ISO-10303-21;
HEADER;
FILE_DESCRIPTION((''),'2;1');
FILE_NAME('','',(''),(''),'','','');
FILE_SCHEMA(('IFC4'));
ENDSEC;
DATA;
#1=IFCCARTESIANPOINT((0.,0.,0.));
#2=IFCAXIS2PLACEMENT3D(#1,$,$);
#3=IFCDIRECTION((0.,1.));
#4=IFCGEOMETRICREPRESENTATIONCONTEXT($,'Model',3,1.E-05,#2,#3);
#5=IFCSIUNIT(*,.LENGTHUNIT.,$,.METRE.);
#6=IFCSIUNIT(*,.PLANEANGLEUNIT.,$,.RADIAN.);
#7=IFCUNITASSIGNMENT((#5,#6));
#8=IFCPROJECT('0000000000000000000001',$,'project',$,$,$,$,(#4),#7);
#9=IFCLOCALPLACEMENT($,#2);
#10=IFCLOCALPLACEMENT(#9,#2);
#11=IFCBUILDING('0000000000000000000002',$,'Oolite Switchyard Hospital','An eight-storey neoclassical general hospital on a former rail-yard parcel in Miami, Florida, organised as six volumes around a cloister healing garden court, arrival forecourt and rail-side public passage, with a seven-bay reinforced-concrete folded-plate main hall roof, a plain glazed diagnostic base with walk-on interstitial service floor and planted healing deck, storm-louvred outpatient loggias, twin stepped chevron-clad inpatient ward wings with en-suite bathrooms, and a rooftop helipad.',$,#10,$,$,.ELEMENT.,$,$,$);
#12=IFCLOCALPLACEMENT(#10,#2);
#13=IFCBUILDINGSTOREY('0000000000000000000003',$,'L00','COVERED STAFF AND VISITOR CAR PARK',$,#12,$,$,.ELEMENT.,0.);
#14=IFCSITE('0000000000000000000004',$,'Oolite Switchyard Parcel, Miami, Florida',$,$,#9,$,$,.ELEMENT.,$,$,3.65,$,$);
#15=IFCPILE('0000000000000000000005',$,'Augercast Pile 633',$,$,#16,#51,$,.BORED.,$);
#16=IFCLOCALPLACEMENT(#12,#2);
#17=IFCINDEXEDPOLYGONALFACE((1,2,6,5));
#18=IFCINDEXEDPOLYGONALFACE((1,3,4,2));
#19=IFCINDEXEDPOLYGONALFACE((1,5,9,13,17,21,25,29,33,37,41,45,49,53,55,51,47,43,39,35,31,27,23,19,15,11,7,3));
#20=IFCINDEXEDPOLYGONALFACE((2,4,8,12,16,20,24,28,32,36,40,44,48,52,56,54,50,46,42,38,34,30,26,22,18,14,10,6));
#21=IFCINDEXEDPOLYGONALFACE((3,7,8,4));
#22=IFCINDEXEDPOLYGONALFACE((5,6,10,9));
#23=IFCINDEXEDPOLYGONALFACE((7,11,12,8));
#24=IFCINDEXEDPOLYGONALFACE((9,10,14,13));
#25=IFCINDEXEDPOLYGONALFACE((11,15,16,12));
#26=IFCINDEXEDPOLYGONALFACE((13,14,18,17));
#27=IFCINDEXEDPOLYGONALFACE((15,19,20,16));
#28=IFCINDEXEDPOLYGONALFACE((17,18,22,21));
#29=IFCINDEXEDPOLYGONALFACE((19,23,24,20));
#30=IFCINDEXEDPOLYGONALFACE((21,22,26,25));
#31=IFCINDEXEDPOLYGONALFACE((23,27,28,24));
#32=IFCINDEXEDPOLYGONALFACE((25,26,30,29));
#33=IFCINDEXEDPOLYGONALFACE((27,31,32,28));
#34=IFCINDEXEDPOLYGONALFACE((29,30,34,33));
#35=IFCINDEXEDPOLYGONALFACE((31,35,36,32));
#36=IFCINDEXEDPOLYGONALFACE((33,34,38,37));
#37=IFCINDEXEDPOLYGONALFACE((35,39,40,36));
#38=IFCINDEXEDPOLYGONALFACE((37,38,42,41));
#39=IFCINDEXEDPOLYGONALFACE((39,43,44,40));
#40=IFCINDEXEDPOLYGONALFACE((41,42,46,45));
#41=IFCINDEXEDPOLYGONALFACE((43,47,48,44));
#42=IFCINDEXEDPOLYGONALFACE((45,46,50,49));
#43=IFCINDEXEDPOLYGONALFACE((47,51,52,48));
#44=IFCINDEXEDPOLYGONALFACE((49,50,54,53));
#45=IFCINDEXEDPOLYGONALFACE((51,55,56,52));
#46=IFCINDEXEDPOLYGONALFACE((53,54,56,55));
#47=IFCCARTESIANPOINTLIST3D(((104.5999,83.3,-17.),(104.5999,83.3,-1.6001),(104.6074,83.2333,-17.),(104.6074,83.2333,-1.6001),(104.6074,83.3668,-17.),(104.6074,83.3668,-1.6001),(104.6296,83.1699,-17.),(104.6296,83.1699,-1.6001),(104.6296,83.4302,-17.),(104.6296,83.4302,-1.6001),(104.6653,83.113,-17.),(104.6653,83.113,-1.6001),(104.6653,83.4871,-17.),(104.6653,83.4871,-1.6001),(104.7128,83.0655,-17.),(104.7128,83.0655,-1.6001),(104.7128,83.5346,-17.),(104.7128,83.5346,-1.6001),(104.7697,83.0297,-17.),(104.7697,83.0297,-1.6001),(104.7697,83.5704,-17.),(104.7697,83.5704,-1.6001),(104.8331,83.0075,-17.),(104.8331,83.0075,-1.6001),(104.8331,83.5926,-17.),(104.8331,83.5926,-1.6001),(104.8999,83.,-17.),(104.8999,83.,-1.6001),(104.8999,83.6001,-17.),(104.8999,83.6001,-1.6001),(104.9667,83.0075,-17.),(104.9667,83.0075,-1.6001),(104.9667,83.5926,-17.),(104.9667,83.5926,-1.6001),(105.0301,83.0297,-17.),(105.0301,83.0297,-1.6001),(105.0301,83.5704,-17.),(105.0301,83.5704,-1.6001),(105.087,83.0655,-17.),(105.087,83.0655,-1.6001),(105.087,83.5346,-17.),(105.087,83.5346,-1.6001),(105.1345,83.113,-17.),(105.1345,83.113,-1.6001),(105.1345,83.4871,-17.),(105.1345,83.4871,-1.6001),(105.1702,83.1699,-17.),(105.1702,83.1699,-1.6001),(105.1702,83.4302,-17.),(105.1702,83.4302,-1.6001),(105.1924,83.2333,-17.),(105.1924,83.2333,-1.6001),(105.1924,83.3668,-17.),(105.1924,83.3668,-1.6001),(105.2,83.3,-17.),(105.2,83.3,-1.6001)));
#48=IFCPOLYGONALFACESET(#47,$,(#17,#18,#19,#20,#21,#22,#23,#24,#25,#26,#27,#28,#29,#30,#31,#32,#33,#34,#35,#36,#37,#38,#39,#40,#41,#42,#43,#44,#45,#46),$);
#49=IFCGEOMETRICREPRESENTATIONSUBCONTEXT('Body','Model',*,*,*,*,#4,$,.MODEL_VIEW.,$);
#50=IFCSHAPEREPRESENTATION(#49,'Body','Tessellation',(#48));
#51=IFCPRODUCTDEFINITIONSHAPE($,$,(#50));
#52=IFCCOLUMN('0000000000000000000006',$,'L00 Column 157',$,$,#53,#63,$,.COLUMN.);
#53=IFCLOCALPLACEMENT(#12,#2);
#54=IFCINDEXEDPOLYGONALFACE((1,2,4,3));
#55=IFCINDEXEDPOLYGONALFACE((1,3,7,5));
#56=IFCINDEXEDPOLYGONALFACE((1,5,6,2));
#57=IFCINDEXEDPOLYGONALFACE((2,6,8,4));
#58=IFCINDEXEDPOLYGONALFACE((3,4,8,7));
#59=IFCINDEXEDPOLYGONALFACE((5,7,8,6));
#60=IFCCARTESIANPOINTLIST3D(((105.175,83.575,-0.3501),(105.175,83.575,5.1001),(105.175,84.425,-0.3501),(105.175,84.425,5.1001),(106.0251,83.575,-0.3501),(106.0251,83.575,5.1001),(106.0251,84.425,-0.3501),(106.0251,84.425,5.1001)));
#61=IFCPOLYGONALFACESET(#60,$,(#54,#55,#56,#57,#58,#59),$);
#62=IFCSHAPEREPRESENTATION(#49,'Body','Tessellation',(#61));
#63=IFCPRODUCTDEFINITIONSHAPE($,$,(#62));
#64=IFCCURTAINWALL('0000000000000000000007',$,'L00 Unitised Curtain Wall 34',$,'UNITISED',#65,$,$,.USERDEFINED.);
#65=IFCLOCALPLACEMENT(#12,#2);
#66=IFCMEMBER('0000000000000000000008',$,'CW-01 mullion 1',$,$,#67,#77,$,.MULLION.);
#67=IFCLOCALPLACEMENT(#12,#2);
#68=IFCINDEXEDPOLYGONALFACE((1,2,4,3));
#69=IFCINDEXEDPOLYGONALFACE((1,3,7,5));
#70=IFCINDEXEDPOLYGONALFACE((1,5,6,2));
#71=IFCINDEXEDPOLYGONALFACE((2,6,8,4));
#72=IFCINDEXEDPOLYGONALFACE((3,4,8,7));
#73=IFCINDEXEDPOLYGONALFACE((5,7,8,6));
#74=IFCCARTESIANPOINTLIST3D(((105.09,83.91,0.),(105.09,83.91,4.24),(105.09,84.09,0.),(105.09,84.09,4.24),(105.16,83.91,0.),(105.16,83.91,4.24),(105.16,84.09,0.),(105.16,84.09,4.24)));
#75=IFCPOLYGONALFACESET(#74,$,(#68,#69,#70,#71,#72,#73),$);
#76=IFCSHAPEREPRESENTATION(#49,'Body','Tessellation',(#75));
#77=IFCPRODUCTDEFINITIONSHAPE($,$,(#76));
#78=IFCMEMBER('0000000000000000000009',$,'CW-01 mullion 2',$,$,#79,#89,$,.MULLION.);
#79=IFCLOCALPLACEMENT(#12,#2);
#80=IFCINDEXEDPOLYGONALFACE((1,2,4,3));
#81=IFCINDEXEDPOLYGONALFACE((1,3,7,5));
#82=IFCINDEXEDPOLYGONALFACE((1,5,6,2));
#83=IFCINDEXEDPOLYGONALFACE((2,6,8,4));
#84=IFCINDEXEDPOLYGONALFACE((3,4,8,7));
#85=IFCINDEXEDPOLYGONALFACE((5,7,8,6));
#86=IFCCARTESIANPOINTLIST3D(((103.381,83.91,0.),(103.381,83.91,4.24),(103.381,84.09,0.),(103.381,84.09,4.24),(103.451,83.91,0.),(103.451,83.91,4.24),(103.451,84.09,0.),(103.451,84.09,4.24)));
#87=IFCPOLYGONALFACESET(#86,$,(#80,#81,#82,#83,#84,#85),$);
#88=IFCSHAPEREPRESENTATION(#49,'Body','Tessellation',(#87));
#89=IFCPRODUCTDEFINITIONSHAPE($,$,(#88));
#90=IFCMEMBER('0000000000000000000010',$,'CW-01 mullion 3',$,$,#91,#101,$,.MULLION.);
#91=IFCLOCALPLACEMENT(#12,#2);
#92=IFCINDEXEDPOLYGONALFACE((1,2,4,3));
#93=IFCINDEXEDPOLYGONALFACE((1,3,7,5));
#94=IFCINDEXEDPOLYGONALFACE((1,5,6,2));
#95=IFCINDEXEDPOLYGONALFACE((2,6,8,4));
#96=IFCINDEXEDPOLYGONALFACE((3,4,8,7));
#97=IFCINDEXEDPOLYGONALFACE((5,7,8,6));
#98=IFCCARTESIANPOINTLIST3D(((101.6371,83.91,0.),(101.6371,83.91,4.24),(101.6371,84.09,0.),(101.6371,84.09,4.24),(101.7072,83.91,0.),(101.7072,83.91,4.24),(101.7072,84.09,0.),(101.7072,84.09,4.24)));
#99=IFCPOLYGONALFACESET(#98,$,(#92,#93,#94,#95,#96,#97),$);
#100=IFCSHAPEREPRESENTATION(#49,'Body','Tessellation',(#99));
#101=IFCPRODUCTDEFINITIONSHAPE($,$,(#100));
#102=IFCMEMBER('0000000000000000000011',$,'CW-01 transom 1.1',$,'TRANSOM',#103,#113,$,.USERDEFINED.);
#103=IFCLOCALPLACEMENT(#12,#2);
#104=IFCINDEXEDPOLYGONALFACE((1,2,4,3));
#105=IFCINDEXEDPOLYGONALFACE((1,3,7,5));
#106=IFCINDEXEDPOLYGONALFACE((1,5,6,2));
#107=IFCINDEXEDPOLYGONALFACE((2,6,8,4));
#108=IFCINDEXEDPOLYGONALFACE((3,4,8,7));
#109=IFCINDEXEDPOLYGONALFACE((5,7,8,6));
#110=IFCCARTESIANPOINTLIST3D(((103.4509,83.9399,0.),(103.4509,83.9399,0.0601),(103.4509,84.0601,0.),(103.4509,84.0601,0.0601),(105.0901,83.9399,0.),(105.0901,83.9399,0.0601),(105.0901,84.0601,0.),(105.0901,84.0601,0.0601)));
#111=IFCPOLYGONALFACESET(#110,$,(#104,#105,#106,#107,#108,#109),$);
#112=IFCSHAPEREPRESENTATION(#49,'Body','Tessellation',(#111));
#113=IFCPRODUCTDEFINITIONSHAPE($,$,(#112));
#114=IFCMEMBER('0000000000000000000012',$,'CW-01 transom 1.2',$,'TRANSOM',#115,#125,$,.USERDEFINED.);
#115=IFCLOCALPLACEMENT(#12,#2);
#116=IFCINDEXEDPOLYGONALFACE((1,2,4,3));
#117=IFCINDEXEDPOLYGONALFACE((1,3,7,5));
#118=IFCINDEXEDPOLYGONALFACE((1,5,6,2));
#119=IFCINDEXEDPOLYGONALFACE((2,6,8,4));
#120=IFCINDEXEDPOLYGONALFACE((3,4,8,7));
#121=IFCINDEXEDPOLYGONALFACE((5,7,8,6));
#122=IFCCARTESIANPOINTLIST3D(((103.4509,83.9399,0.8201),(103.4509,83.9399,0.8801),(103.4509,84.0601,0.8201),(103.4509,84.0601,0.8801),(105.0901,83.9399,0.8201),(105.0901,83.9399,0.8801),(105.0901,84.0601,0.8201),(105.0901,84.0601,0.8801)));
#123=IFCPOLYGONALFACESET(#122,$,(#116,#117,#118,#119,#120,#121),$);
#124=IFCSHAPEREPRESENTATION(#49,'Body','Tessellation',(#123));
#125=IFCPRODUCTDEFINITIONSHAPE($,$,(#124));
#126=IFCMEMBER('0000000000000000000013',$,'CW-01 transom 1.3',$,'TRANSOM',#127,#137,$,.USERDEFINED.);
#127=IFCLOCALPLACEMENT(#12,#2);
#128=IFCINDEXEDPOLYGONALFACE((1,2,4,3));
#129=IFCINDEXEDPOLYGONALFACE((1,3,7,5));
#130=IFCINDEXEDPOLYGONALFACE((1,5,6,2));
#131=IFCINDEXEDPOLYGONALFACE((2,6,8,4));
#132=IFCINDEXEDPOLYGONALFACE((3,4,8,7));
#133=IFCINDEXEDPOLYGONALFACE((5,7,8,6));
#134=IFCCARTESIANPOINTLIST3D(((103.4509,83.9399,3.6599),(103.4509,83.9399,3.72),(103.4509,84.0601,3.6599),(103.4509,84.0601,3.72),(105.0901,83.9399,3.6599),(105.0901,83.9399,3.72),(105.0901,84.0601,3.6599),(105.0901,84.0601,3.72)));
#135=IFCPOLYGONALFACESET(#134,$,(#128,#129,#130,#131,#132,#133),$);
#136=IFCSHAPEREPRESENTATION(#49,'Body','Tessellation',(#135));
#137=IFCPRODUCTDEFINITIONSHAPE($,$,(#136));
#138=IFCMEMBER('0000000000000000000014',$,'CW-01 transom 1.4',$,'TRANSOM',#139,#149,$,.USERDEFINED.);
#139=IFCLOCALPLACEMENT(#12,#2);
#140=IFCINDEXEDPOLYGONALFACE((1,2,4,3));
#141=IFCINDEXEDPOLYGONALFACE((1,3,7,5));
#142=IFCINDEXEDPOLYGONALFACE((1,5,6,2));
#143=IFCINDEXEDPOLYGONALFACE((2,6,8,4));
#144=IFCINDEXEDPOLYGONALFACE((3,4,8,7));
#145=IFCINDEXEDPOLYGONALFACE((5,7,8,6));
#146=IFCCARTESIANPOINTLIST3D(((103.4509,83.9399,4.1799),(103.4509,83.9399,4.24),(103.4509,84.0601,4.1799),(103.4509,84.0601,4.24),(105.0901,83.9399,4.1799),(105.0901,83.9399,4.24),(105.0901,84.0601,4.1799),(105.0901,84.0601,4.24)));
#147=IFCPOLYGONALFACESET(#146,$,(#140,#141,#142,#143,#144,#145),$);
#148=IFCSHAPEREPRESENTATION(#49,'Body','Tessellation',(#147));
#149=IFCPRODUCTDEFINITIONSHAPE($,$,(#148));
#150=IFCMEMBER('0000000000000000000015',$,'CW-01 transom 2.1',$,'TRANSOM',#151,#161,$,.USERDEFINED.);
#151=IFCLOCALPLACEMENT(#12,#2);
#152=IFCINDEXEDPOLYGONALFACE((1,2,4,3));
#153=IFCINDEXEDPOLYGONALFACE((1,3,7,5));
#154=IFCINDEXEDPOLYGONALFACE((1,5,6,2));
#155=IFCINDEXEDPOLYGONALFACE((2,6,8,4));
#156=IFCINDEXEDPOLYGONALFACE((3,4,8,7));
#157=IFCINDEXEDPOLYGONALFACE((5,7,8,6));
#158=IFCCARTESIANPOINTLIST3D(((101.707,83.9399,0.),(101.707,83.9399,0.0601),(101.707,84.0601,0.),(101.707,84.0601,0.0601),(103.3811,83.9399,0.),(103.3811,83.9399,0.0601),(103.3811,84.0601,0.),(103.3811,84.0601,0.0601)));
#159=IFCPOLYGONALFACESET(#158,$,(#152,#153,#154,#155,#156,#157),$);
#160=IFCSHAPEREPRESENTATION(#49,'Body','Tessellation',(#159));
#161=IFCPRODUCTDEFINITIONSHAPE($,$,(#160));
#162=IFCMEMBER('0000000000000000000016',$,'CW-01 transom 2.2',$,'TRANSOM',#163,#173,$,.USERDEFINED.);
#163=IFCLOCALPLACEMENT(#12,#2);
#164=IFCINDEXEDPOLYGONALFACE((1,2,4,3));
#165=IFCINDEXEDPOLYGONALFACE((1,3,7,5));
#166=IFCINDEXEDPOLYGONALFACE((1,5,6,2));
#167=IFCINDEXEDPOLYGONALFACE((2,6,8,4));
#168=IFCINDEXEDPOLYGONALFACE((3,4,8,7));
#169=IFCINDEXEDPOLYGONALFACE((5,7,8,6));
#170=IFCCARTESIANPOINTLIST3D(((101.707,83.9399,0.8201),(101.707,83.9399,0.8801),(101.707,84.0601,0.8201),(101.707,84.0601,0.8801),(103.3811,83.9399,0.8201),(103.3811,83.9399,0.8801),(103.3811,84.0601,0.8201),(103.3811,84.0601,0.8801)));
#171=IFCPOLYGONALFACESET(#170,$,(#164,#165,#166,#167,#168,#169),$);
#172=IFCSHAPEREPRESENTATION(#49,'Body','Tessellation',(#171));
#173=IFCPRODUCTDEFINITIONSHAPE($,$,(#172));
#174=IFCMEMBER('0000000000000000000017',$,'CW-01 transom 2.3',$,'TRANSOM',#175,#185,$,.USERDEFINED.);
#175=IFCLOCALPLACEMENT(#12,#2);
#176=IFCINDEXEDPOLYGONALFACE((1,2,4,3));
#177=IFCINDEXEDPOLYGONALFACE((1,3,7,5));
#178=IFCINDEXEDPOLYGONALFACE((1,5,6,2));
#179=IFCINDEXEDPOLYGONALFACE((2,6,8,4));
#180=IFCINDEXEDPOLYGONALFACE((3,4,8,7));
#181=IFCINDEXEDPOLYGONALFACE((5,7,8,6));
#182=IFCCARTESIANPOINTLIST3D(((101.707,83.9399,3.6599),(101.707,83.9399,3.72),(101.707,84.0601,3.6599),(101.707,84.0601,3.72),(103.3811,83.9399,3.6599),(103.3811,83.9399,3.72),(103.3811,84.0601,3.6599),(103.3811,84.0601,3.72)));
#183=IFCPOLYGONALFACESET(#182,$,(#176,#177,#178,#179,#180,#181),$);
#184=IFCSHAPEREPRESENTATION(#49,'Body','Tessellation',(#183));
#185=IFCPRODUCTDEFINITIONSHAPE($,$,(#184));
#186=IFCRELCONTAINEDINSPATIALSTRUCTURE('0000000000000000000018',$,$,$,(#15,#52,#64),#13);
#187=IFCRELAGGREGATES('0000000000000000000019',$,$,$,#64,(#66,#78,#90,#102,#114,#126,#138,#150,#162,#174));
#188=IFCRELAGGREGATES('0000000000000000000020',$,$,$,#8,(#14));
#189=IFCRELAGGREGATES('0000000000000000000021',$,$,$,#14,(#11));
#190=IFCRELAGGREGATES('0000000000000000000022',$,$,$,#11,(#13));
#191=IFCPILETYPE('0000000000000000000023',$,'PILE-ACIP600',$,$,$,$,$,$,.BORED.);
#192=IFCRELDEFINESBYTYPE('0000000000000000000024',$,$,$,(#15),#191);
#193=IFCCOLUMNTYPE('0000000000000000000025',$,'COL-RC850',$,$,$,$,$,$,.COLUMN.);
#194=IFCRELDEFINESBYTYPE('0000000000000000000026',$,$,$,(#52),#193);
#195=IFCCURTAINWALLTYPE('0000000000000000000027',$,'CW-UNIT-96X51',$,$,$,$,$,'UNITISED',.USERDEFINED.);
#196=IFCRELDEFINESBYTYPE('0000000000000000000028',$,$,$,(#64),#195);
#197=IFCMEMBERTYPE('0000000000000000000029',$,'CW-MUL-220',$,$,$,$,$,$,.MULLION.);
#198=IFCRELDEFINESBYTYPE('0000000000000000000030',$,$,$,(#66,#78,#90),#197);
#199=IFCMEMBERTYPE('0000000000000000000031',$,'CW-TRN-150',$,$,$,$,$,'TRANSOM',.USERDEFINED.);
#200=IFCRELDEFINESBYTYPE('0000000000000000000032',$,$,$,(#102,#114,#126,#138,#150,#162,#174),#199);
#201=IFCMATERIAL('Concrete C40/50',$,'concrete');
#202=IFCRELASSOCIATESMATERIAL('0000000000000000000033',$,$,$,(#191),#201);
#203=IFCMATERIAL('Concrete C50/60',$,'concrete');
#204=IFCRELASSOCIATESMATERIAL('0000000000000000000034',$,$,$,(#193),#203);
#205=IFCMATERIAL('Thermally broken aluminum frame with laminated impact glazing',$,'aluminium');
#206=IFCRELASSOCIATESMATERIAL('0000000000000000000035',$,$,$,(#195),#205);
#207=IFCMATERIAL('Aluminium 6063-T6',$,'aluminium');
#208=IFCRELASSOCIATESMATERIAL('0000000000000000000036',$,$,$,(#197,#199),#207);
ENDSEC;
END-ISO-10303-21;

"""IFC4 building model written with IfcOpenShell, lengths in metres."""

from ifc_helpers import new_model, si_unit, direction, frame, origin, origin_2d, place, context, subcontext, project, spatial, rectangle, circle, extrude, material, material_profile, profile_set, type_object, element, aggregate, save


model = new_model("IFC4")

# Units and contexts
model_context = context("Model", 3, precision=1e-05, world=origin(), true_north=direction((0.0, 1.0)))
body_context = subcontext(model_context, "Body", "Model", "MODEL_VIEW")
ifc_project = project(units=[si_unit("LENGTHUNIT", "METRE"), si_unit("PLANEANGLEUNIT", "RADIAN")], contexts=[model_context])

# Site, building, storey
site_placement = place(None, origin())
site = spatial("IfcSite", under=ifc_project, at=site_placement, Name="Oolite Switchyard Parcel, Miami, Florida", CompositionType="ELEMENT", RefElevation=3.65)
building_placement = place(site_placement, origin())
building = spatial("IfcBuilding", under=site, at=building_placement, Name="Oolite Switchyard Hospital", Description="An eight-storey neoclassical general hospital on a former rail-yard parcel in Miami, Florida, organised as six volumes around a cloister healing garden court, arrival forecourt and rail-side public passage, with a seven-bay reinforced-concrete folded-plate main hall roof, a plain glazed diagnostic base with walk-on interstitial service floor and planted healing deck, storm-louvred outpatient loggias, twin stepped chevron-clad inpatient ward wings with en-suite bathrooms, and a rooftop helipad.", CompositionType="ELEMENT")
storey_placement = place(building_placement, origin())
storey = spatial("IfcBuildingStorey", under=building, at=storey_placement, Name="L00", Description="COVERED STAFF AND VISITOR CAR PARK", CompositionType="ELEMENT", Elevation=0.0)

# Pile
ifc_material_1 = material(Name="Concrete C40/50", Category="concrete")
ifc_material_profile_1 = material_profile(ifc_material_1, circle(Radius=0.3, at=origin_2d()), Name="PILE600")
ifc_profile_set_1 = profile_set([ifc_material_profile_1], Name="Concrete C40/50")
pile_type = type_object("IfcPileType", Name="PILE-ACIP600", PredefinedType="BORED", material=ifc_profile_set_1)
pile_placement = place(storey_placement, frame((104.8999, 83.3, -1.6001), z_axis=(0.0, 0.0, -1.0), x_axis=(1.0, 0.0, 0.0)))
element("IfcPile", 1, at=pile_placement, inside=storey, type_object=pile_type, Name="Augercast Pile 633", PredefinedType="BORED", context=body_context, shape_type="SweptSolid", body=[
    extrude(circle(Radius=0.3, at=origin_2d()), origin(), (0.0, 0.0, 1.0), 15.3999),
])

# Column
ifc_material_2 = material(Name="Concrete C50/60", Category="concrete")
ifc_material_profile_2 = material_profile(ifc_material_2, rectangle(XDim=0.8501, YDim=0.8501, at=origin_2d()), Name="RC850X850")
ifc_profile_set_2 = profile_set([ifc_material_profile_2], Name="Concrete C50/60")
column_type = type_object("IfcColumnType", Name="COL-RC850", PredefinedType="COLUMN", material=ifc_profile_set_2)
column_placement = place(storey_placement, frame((105.6001, 84.0, -0.3501), z_axis=(0.0, 0.0, 1.0), x_axis=(1.0, 0.0, 0.0)))
element("IfcColumn", 2, at=column_placement, inside=storey, type_object=column_type, Name="L00 Column 157", PredefinedType="COLUMN", context=body_context, shape_type="SweptSolid", body=[
    extrude(rectangle(XDim=0.8501, YDim=0.8501, at=origin_2d()), origin(), (0.0, 0.0, 1.0), 5.4502),
])

# Curtain wall, members
ifc_material_3 = material(Name="Thermally broken aluminum frame with laminated impact glazing", Category="aluminium")
curtain_wall_type = type_object("IfcCurtainWallType", Name="CW-UNIT-96X51", ElementType="UNITISED", PredefinedType="USERDEFINED", material=ifc_material_3)
curtain_wall_placement = place(storey_placement, origin())
curtain_wall = element("IfcCurtainWall", 3, at=curtain_wall_placement, inside=storey, type_object=curtain_wall_type, Name="L00 Unitised Curtain Wall 34", ObjectType="UNITISED", PredefinedType="USERDEFINED")
ifc_material_4 = material(Name="Aluminium 6063-T6", Category="aluminium")
ifc_material_profile_3 = material_profile(ifc_material_4, rectangle(XDim=0.1799, YDim=0.0701, at=origin_2d()), Name="CWM70X180")
ifc_profile_set_3 = profile_set([ifc_material_profile_3], Name="Aluminium 6063-T6")
member_type_1 = type_object("IfcMemberType", Name="CW-MUL-220", PredefinedType="MULLION", material=ifc_profile_set_3)
member_1_placement = place(storey_placement, frame((105.125, 84.0, 0.0), z_axis=(0.0, 0.0, 1.0), x_axis=(0.0, -1.0, 0.0)))
member_1 = element("IfcMember", 4, at=member_1_placement, type_object=member_type_1, Name="CW-01 mullion 1", PredefinedType="MULLION", context=body_context, shape_type="SweptSolid", body=[
    extrude(rectangle(XDim=0.1799, YDim=0.0701, at=origin_2d()), origin(), (0.0, 0.0, 1.0), 4.24),
])
member_2_placement = place(storey_placement, frame((103.416, 84.0, 0.0), z_axis=(0.0, 0.0, 1.0), x_axis=(0.0, -1.0, 0.0)))
member_2 = element("IfcMember", 5, at=member_2_placement, type_object=member_type_1, Name="CW-01 mullion 2", PredefinedType="MULLION", context=body_context, shape_type="SweptSolid", body=[
    extrude(rectangle(XDim=0.1799, YDim=0.0701, at=origin_2d()), origin(), (0.0, 0.0, 1.0), 4.24),
])
member_3_placement = place(storey_placement, frame((101.6721, 84.0, 0.0), z_axis=(0.0, 0.0, 1.0), x_axis=(0.0, -1.0, 0.0)))
member_3 = element("IfcMember", 6, at=member_3_placement, type_object=member_type_1, Name="CW-01 mullion 3", PredefinedType="MULLION", context=body_context, shape_type="SweptSolid", body=[
    extrude(rectangle(XDim=0.1799, YDim=0.0701, at=origin_2d()), origin(), (0.0, 0.0, 1.0), 4.24),
])
ifc_material_profile_4 = material_profile(ifc_material_4, rectangle(XDim=0.1201, YDim=0.0601, at=origin_2d()), Name="CWT60X120")
ifc_profile_set_4 = profile_set([ifc_material_profile_4], Name="Aluminium 6063-T6")
member_type_2 = type_object("IfcMemberType", Name="CW-TRN-150", ElementType="TRANSOM", PredefinedType="USERDEFINED", material=ifc_profile_set_4)
member_4_placement = place(storey_placement, frame((105.0901, 84.0, 0.03), z_axis=(-1.0, 0.0, 0.0), x_axis=(0.0, -1.0, 0.0)))
member_4 = element("IfcMember", 7, at=member_4_placement, type_object=member_type_2, Name="CW-01 transom 1.1", ObjectType="TRANSOM", PredefinedType="USERDEFINED", context=body_context, shape_type="SweptSolid", body=[
    extrude(rectangle(XDim=0.1201, YDim=0.0601, at=origin_2d()), origin(), (0.0, 0.0, 1.0), 1.6392),
])
member_5_placement = place(storey_placement, frame((105.0901, 84.0, 0.8501), z_axis=(-1.0, 0.0, 0.0), x_axis=(0.0, -1.0, 0.0)))
member_5 = element("IfcMember", 8, at=member_5_placement, type_object=member_type_2, Name="CW-01 transom 1.2", ObjectType="TRANSOM", PredefinedType="USERDEFINED", context=body_context, shape_type="SweptSolid", body=[
    extrude(rectangle(XDim=0.1201, YDim=0.0601, at=origin_2d()), origin(), (0.0, 0.0, 1.0), 1.6392),
])
member_6_placement = place(storey_placement, frame((105.0901, 84.0, 3.6899), z_axis=(-1.0, 0.0, 0.0), x_axis=(0.0, -1.0, 0.0)))
member_6 = element("IfcMember", 9, at=member_6_placement, type_object=member_type_2, Name="CW-01 transom 1.3", ObjectType="TRANSOM", PredefinedType="USERDEFINED", context=body_context, shape_type="SweptSolid", body=[
    extrude(rectangle(XDim=0.1201, YDim=0.0601, at=origin_2d()), origin(), (0.0, 0.0, 1.0), 1.6392),
])
member_7_placement = place(storey_placement, frame((105.0901, 84.0, 4.21), z_axis=(-1.0, 0.0, 0.0), x_axis=(0.0, -1.0, 0.0)))
member_7 = element("IfcMember", 10, at=member_7_placement, type_object=member_type_2, Name="CW-01 transom 1.4", ObjectType="TRANSOM", PredefinedType="USERDEFINED", context=body_context, shape_type="SweptSolid", body=[
    extrude(rectangle(XDim=0.1201, YDim=0.0601, at=origin_2d()), origin(), (0.0, 0.0, 1.0), 1.6392),
])
member_8_placement = place(storey_placement, frame((103.3811, 84.0, 0.03), z_axis=(-1.0, 0.0, 0.0), x_axis=(0.0, -1.0, 0.0)))
member_8 = element("IfcMember", 11, at=member_8_placement, type_object=member_type_2, Name="CW-01 transom 2.1", ObjectType="TRANSOM", PredefinedType="USERDEFINED", context=body_context, shape_type="SweptSolid", body=[
    extrude(rectangle(XDim=0.1201, YDim=0.0601, at=origin_2d()), origin(), (0.0, 0.0, 1.0), 1.6741),
])
member_9_placement = place(storey_placement, frame((103.3811, 84.0, 0.8501), z_axis=(-1.0, 0.0, 0.0), x_axis=(0.0, -1.0, 0.0)))
member_9 = element("IfcMember", 12, at=member_9_placement, type_object=member_type_2, Name="CW-01 transom 2.2", ObjectType="TRANSOM", PredefinedType="USERDEFINED", context=body_context, shape_type="SweptSolid", body=[
    extrude(rectangle(XDim=0.1201, YDim=0.0601, at=origin_2d()), origin(), (0.0, 0.0, 1.0), 1.6741),
])
member_10_placement = place(storey_placement, frame((103.3811, 84.0, 3.6899), z_axis=(-1.0, 0.0, 0.0), x_axis=(0.0, -1.0, 0.0)))
member_10 = element("IfcMember", 13, at=member_10_placement, type_object=member_type_2, Name="CW-01 transom 2.3", ObjectType="TRANSOM", PredefinedType="USERDEFINED", context=body_context, shape_type="SweptSolid", body=[
    extrude(rectangle(XDim=0.1201, YDim=0.0601, at=origin_2d()), origin(), (0.0, 0.0, 1.0), 1.6741),
])
aggregate(curtain_wall, [member_1, member_2, member_3, member_4, member_5, member_6, member_7, member_8, member_9, member_10])

save(model, "model.ifc")
